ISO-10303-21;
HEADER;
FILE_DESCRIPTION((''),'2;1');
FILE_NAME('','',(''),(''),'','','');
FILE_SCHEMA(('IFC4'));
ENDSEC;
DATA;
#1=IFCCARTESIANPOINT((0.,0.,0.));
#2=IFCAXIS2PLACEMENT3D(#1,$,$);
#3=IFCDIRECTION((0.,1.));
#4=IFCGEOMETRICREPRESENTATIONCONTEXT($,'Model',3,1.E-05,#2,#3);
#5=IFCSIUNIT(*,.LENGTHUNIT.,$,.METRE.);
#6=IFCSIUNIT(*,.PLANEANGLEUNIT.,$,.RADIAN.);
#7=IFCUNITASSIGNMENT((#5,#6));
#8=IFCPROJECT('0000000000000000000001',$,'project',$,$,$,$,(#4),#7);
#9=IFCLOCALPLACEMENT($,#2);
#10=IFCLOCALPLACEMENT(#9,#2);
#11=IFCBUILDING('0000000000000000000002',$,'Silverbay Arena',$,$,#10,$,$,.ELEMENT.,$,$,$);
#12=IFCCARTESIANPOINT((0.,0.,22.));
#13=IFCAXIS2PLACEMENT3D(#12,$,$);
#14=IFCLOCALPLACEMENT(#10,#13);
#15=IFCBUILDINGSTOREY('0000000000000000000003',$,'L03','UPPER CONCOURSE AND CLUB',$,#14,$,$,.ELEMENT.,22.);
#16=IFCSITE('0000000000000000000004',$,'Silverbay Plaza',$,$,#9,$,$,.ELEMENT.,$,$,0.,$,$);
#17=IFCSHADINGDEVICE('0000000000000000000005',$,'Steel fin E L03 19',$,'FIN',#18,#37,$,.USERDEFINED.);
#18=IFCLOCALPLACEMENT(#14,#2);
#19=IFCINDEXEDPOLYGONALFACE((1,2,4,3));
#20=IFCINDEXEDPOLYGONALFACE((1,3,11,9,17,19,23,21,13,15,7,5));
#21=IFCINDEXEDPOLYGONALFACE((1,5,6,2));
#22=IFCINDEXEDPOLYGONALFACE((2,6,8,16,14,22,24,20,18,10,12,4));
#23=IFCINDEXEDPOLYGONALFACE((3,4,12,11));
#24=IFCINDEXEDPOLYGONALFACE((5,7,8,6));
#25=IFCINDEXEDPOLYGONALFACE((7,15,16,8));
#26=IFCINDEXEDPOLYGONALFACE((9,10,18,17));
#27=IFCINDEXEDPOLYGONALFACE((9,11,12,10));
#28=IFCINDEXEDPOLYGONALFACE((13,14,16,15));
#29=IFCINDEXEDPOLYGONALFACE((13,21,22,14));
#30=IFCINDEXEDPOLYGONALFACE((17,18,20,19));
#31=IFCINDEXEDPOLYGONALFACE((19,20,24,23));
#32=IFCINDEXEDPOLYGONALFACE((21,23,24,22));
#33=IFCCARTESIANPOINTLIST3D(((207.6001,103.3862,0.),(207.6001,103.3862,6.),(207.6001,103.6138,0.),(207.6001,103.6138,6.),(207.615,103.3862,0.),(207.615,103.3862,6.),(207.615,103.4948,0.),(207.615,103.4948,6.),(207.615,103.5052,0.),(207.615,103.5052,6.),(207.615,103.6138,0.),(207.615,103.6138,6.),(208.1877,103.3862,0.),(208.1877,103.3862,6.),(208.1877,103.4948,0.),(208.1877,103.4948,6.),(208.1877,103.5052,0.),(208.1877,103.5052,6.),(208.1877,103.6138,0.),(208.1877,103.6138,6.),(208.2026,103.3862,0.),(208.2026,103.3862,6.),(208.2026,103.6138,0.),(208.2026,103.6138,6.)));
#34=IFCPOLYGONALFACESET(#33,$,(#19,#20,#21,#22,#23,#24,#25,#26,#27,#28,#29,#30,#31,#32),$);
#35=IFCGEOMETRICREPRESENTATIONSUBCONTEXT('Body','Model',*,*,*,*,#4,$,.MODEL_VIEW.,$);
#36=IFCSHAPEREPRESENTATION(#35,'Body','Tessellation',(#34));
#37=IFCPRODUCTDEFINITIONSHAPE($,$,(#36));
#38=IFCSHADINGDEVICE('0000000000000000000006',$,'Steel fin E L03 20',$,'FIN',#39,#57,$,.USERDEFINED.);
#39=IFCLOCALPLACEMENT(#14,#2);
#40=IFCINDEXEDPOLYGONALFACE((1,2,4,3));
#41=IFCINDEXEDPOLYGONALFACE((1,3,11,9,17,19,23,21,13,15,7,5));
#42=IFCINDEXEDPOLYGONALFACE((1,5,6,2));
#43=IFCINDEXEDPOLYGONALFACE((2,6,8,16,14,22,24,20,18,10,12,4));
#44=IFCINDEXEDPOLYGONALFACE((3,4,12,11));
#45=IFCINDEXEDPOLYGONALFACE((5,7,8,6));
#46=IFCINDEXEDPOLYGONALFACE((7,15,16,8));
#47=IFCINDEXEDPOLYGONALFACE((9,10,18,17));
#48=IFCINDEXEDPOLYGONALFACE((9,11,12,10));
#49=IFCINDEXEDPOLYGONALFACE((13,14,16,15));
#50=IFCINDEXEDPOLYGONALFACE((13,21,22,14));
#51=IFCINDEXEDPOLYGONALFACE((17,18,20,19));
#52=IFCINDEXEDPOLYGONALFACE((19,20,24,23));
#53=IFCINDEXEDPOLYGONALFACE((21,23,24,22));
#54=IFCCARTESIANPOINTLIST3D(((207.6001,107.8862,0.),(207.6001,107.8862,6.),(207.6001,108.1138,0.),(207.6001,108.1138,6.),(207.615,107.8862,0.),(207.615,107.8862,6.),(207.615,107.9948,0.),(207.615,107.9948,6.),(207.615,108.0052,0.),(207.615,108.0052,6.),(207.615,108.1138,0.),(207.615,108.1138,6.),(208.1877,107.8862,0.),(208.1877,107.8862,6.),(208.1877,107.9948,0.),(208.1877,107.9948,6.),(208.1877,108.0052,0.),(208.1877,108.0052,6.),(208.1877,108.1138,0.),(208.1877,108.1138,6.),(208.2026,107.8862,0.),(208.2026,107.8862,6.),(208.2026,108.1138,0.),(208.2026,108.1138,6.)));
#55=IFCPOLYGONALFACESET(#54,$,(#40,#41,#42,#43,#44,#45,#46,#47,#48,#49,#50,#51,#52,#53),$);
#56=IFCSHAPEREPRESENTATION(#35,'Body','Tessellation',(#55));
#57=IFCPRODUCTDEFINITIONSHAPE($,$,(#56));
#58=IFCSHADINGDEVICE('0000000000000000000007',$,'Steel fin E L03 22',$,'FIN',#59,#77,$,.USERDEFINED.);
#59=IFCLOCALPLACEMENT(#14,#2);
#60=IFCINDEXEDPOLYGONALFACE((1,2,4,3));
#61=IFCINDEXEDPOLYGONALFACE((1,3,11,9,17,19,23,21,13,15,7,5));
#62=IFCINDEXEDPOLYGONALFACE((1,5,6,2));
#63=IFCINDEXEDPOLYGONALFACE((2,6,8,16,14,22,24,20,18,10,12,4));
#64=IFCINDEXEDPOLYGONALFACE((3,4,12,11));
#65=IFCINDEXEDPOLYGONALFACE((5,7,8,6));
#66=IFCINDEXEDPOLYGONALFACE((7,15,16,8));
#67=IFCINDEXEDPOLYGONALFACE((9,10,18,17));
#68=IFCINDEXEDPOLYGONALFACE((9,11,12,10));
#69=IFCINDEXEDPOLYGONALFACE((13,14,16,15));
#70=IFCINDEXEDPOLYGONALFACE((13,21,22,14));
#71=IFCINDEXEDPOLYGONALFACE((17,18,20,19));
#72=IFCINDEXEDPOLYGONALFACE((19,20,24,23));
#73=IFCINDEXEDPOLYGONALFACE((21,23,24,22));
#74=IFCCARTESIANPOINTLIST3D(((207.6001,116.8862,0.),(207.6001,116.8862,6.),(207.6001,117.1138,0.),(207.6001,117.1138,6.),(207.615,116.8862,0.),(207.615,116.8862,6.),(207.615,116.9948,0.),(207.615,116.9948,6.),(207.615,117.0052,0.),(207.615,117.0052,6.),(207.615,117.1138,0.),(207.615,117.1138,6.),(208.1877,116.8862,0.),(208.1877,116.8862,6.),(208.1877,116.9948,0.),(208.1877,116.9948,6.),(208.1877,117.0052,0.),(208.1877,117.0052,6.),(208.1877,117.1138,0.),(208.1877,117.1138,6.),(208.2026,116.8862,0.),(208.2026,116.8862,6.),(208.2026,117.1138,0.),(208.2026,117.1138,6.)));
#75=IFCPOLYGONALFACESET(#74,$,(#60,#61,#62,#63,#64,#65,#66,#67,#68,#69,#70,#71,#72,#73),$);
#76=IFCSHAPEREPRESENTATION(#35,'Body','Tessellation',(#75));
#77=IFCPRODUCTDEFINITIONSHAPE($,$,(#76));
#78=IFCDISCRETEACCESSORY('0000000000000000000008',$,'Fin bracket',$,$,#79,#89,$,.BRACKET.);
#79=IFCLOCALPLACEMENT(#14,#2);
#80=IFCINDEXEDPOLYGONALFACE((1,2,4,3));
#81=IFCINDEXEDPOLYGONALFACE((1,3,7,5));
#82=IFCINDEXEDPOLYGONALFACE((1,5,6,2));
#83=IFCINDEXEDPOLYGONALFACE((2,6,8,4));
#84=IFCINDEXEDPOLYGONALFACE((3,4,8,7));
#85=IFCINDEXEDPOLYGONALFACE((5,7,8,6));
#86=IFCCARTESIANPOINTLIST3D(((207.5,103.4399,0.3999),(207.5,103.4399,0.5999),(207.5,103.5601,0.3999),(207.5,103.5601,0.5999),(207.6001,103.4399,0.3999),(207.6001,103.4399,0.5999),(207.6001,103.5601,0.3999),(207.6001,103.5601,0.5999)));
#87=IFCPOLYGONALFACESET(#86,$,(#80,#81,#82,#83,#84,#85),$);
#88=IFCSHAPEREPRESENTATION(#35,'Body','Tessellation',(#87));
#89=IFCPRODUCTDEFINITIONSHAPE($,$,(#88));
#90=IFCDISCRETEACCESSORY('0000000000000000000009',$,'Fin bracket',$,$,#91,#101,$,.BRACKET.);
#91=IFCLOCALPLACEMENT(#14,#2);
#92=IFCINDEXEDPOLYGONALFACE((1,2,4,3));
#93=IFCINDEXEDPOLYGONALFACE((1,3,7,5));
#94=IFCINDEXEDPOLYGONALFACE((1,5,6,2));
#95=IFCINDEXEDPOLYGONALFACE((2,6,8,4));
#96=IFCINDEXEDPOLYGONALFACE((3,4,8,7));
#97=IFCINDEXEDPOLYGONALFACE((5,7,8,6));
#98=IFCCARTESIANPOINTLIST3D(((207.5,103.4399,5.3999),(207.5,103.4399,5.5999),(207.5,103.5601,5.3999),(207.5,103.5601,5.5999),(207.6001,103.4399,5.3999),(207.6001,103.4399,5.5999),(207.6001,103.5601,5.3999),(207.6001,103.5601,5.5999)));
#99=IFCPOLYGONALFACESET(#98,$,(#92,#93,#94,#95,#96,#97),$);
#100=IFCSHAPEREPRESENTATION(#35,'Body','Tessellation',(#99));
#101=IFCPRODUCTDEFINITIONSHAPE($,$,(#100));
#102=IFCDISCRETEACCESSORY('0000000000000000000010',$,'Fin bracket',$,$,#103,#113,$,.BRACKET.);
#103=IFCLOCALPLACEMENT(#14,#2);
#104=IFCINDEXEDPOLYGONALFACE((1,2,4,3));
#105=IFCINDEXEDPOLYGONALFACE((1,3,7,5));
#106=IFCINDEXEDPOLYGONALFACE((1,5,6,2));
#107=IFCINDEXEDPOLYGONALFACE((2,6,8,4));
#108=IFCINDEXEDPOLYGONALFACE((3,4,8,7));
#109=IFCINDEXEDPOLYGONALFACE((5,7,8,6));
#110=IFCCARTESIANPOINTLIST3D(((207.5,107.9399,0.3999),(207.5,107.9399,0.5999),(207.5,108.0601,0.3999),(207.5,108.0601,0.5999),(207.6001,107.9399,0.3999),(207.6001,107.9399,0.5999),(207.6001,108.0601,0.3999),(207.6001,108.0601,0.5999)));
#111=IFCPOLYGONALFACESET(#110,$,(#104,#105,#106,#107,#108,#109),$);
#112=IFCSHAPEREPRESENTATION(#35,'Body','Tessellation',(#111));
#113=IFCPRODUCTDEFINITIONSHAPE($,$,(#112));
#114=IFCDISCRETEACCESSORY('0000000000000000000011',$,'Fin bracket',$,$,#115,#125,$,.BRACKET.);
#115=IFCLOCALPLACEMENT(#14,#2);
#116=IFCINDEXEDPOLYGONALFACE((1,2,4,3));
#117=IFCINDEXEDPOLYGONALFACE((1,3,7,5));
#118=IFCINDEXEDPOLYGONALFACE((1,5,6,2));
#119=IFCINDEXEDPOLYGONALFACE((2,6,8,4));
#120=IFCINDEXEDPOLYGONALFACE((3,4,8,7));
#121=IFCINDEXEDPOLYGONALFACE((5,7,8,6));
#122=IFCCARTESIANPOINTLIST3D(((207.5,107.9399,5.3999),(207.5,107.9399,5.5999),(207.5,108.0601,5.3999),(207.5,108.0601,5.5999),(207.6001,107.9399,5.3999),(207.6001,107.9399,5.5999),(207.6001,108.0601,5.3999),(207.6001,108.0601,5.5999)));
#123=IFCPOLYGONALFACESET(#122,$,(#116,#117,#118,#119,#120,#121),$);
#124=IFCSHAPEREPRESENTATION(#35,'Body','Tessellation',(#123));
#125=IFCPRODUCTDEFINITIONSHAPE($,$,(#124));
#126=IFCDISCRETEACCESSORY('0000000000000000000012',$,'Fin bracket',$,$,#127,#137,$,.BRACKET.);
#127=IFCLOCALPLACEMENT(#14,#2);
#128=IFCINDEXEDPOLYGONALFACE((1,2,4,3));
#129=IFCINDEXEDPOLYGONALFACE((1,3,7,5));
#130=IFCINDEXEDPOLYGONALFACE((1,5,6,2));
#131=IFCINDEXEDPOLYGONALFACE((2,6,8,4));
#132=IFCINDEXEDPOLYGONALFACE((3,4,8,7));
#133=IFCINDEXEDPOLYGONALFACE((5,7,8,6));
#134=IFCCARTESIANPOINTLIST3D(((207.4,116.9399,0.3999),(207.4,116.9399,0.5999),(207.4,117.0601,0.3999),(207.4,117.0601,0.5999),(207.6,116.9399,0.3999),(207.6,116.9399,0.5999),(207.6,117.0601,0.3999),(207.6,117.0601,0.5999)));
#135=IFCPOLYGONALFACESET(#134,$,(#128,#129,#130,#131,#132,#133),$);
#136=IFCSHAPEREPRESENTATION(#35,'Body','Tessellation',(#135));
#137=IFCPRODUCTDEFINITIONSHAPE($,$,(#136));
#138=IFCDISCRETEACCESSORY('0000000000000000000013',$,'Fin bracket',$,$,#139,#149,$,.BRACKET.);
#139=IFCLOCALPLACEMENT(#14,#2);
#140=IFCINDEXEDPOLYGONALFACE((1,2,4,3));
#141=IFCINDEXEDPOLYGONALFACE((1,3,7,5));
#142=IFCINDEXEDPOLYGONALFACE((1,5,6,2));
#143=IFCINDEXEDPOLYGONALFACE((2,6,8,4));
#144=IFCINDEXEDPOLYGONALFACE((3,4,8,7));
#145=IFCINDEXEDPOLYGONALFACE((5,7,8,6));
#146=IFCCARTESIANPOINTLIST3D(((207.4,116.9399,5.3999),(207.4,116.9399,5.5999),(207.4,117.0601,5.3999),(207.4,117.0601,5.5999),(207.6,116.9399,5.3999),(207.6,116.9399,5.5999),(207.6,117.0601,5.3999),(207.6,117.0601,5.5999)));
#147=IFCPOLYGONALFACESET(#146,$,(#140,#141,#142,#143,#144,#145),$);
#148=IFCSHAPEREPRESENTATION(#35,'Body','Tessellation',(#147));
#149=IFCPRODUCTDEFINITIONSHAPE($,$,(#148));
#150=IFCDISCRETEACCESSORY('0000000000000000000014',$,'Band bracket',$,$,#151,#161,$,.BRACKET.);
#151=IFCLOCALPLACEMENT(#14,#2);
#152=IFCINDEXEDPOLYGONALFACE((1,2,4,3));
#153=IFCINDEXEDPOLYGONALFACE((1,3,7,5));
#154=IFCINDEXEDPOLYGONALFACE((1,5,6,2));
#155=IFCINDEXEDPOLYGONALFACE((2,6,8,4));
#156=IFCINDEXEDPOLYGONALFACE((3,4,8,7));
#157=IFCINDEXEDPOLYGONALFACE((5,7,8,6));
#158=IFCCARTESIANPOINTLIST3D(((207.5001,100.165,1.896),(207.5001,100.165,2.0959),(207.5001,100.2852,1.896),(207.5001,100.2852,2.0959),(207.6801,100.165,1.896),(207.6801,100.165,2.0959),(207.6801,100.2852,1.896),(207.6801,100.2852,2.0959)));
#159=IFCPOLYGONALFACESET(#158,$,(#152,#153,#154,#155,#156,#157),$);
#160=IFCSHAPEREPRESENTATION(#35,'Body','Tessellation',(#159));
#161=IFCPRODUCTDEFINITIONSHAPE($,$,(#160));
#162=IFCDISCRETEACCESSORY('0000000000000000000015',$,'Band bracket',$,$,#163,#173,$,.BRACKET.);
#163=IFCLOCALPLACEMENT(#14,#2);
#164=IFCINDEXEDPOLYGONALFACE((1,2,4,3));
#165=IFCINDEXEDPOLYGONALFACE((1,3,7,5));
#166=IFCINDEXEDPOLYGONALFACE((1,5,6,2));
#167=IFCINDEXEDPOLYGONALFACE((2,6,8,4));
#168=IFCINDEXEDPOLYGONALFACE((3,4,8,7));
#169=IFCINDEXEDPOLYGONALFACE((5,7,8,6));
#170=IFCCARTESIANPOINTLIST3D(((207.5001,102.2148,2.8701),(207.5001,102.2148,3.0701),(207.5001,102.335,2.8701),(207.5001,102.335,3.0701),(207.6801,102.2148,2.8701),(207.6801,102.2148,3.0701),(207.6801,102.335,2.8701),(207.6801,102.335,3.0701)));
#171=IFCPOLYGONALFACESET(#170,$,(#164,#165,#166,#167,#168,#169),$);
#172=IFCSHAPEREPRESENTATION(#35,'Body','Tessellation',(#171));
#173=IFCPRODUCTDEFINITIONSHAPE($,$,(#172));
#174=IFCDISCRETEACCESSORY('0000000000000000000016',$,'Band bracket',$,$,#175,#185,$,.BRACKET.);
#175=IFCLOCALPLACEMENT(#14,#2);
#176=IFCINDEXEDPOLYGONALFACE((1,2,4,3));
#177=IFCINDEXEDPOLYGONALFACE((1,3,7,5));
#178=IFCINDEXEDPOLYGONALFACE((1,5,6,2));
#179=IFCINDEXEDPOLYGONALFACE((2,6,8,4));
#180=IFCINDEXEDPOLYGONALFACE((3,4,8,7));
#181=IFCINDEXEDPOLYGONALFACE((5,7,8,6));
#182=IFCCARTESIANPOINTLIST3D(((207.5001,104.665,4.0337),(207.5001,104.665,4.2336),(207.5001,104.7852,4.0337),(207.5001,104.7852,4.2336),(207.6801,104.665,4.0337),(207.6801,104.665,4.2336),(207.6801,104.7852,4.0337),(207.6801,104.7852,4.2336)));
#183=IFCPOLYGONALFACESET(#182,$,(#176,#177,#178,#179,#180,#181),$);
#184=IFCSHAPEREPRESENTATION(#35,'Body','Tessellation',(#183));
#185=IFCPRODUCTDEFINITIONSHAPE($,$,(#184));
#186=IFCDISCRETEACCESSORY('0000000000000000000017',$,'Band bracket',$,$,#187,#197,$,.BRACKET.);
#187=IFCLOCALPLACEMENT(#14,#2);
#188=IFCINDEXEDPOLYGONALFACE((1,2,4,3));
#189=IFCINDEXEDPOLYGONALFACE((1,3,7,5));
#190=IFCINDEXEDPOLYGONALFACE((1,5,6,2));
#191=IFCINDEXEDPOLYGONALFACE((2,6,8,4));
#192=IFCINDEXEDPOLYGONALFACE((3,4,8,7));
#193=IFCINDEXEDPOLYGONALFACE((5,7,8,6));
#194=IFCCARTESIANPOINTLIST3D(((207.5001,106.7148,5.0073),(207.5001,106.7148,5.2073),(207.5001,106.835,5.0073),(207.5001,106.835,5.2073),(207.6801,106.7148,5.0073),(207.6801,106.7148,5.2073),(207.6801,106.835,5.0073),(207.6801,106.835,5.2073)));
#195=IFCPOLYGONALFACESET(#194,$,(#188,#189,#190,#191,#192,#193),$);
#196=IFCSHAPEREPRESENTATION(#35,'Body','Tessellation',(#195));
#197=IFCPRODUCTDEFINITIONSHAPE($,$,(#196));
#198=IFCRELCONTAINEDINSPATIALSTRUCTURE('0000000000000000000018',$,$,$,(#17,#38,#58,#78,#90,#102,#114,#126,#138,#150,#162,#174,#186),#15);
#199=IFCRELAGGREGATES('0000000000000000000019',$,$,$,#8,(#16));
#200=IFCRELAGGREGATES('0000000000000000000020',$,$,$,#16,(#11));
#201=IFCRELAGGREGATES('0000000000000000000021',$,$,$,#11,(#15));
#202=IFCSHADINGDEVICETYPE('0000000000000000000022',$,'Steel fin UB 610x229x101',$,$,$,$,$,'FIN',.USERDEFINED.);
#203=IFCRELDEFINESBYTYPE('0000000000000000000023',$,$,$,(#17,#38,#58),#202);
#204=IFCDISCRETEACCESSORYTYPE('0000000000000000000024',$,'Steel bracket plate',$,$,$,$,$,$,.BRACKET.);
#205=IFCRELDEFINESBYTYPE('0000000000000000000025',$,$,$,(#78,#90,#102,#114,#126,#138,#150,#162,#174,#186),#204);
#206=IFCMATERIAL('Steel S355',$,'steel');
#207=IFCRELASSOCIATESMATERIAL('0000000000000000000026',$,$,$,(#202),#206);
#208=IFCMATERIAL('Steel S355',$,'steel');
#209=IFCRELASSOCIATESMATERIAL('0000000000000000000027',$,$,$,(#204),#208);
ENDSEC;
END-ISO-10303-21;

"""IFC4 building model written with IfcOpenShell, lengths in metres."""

from ifc_helpers import new_model, si_unit, direction, frame, origin, origin_2d, place, context, subcontext, project, spatial, rectangle, i_section, extrude, material, material_profile, profile_set, type_object, element, save


model = new_model("IFC4")

# Units and contexts
model_context = context("Model", 3, precision=1e-05, world=origin(), true_north=direction((0.0, 1.0)))
body_context = subcontext(model_context, "Body", "Model", "MODEL_VIEW")
ifc_project = project(units=[si_unit("LENGTHUNIT", "METRE"), si_unit("PLANEANGLEUNIT", "RADIAN")], contexts=[model_context])

# Site, building, storey
site_placement = place(None, origin())
site = spatial("IfcSite", under=ifc_project, at=site_placement, Name="Silverbay Plaza", CompositionType="ELEMENT", RefElevation=0.0)
building_placement = place(site_placement, origin())
building = spatial("IfcBuilding", under=site, at=building_placement, Name="Silverbay Arena", CompositionType="ELEMENT")
storey_placement = place(building_placement, frame((0.0, 0.0, 22.0)))
storey = spatial("IfcBuildingStorey", under=building, at=storey_placement, Name="L03", Description="UPPER CONCOURSE AND CLUB", CompositionType="ELEMENT", Elevation=22.0)

# Shading devices
ifc_material_1 = material(Name="Steel S355", Category="steel")
ifc_material_profile_1 = material_profile(ifc_material_1, i_section(OverallWidth=0.2275, OverallDepth=0.6025, WebThickness=0.0105, FlangeThickness=0.0149, at=origin_2d()), Name="UB 610x229x101")
ifc_profile_set_1 = profile_set([ifc_material_profile_1], Name="Steel S355")
shading_device_type = type_object("IfcShadingDeviceType", Name="Steel fin UB 610x229x101", ElementType="FIN", PredefinedType="USERDEFINED", material=ifc_profile_set_1)
for number, where, z_axis, x_axis, name in (
    (1, (207.9014, 103.5, 0.0), (0.0, 0.0, 1.0), (0.0, 1.0, 0.0), "Steel fin E L03 19"),
    (2, (207.9014, 108.0, 0.0), (0.0, 0.0, 1.0), (0.0, 1.0, 0.0), "Steel fin E L03 20"),
    (3, (207.9014, 117.0, 0.0), (0.0, 0.0, 1.0), (0.0, 1.0, 0.0), "Steel fin E L03 22"),
):
    element("IfcShadingDevice", number, at=place(storey_placement, frame(where, z_axis=z_axis, x_axis=x_axis)), inside=storey, type_object=shading_device_type, Name=name, ObjectType="FIN", PredefinedType="USERDEFINED", context=body_context, shape_type="SweptSolid", body=[
        extrude(i_section(OverallWidth=0.2275, OverallDepth=0.6025, WebThickness=0.0105, FlangeThickness=0.0149, at=origin_2d()), origin(), (0.0, 0.0, 1.0), 6.0),
    ])

# Discrete accessories
ifc_material_2 = material(Name="Steel S355", Category="steel")
discrete_accessory_type = type_object("IfcDiscreteAccessoryType", Name="Steel bracket plate", PredefinedType="BRACKET", material=ifc_material_2)
for number, where, z_axis, x_axis, name in (
    (4, (207.55, 103.5, 0.3999), (0.0, 0.0, 1.0), (1.0, 0.0, 0.0), "Fin bracket"),
    (5, (207.55, 103.5, 5.3999), (0.0, 0.0, 1.0), (1.0, 0.0, 0.0), "Fin bracket"),
    (6, (207.55, 108.0, 0.3999), (0.0, 0.0, 1.0), (1.0, 0.0, 0.0), "Fin bracket"),
    (7, (207.55, 108.0, 5.3999), (0.0, 0.0, 1.0), (1.0, 0.0, 0.0), "Fin bracket"),
):
    element("IfcDiscreteAccessory", number, at=place(storey_placement, frame(where, z_axis=z_axis, x_axis=x_axis)), inside=storey, type_object=discrete_accessory_type, Name=name, PredefinedType="BRACKET", context=body_context, shape_type="SweptSolid", body=[
        extrude(rectangle(XDim=0.1001, YDim=0.1201, at=origin_2d()), origin(), (0.0, 0.0, 1.0), 0.2),
    ])
for number, where, z_axis, x_axis, name in (
    (8, (207.5, 117.0, 0.3999), (0.0, 0.0, 1.0), (1.0, 0.0, 0.0), "Fin bracket"),
    (9, (207.5, 117.0, 5.3999), (0.0, 0.0, 1.0), (1.0, 0.0, 0.0), "Fin bracket"),
):
    element("IfcDiscreteAccessory", number, at=place(storey_placement, frame(where, z_axis=z_axis, x_axis=x_axis)), inside=storey, type_object=discrete_accessory_type, Name=name, PredefinedType="BRACKET", context=body_context, shape_type="SweptSolid", body=[
        extrude(rectangle(XDim=0.2, YDim=0.1201, at=origin_2d()), origin(), (0.0, 0.0, 1.0), 0.2),
    ])
for number, where, z_axis, x_axis, name in (
    (10, (207.5901, 100.2251, 1.896), (0.0, 0.0, 1.0), (1.0, 0.0, 0.0), "Band bracket"),
    (11, (207.5901, 102.2749, 2.8701), (0.0, 0.0, 1.0), (1.0, 0.0, 0.0), "Band bracket"),
    (12, (207.5901, 104.7251, 4.0337), (0.0, 0.0, 1.0), (1.0, 0.0, 0.0), "Band bracket"),
    (13, (207.5901, 106.7749, 5.0073), (0.0, 0.0, 1.0), (1.0, 0.0, 0.0), "Band bracket"),
):
    element("IfcDiscreteAccessory", number, at=place(storey_placement, frame(where, z_axis=z_axis, x_axis=x_axis)), inside=storey, type_object=discrete_accessory_type, Name=name, PredefinedType="BRACKET", context=body_context, shape_type="SweptSolid", body=[
        extrude(rectangle(XDim=0.1799, YDim=0.1201, at=origin_2d()), origin(), (0.0, 0.0, 1.0), 0.2),
    ])

save(model, "model.ifc")
